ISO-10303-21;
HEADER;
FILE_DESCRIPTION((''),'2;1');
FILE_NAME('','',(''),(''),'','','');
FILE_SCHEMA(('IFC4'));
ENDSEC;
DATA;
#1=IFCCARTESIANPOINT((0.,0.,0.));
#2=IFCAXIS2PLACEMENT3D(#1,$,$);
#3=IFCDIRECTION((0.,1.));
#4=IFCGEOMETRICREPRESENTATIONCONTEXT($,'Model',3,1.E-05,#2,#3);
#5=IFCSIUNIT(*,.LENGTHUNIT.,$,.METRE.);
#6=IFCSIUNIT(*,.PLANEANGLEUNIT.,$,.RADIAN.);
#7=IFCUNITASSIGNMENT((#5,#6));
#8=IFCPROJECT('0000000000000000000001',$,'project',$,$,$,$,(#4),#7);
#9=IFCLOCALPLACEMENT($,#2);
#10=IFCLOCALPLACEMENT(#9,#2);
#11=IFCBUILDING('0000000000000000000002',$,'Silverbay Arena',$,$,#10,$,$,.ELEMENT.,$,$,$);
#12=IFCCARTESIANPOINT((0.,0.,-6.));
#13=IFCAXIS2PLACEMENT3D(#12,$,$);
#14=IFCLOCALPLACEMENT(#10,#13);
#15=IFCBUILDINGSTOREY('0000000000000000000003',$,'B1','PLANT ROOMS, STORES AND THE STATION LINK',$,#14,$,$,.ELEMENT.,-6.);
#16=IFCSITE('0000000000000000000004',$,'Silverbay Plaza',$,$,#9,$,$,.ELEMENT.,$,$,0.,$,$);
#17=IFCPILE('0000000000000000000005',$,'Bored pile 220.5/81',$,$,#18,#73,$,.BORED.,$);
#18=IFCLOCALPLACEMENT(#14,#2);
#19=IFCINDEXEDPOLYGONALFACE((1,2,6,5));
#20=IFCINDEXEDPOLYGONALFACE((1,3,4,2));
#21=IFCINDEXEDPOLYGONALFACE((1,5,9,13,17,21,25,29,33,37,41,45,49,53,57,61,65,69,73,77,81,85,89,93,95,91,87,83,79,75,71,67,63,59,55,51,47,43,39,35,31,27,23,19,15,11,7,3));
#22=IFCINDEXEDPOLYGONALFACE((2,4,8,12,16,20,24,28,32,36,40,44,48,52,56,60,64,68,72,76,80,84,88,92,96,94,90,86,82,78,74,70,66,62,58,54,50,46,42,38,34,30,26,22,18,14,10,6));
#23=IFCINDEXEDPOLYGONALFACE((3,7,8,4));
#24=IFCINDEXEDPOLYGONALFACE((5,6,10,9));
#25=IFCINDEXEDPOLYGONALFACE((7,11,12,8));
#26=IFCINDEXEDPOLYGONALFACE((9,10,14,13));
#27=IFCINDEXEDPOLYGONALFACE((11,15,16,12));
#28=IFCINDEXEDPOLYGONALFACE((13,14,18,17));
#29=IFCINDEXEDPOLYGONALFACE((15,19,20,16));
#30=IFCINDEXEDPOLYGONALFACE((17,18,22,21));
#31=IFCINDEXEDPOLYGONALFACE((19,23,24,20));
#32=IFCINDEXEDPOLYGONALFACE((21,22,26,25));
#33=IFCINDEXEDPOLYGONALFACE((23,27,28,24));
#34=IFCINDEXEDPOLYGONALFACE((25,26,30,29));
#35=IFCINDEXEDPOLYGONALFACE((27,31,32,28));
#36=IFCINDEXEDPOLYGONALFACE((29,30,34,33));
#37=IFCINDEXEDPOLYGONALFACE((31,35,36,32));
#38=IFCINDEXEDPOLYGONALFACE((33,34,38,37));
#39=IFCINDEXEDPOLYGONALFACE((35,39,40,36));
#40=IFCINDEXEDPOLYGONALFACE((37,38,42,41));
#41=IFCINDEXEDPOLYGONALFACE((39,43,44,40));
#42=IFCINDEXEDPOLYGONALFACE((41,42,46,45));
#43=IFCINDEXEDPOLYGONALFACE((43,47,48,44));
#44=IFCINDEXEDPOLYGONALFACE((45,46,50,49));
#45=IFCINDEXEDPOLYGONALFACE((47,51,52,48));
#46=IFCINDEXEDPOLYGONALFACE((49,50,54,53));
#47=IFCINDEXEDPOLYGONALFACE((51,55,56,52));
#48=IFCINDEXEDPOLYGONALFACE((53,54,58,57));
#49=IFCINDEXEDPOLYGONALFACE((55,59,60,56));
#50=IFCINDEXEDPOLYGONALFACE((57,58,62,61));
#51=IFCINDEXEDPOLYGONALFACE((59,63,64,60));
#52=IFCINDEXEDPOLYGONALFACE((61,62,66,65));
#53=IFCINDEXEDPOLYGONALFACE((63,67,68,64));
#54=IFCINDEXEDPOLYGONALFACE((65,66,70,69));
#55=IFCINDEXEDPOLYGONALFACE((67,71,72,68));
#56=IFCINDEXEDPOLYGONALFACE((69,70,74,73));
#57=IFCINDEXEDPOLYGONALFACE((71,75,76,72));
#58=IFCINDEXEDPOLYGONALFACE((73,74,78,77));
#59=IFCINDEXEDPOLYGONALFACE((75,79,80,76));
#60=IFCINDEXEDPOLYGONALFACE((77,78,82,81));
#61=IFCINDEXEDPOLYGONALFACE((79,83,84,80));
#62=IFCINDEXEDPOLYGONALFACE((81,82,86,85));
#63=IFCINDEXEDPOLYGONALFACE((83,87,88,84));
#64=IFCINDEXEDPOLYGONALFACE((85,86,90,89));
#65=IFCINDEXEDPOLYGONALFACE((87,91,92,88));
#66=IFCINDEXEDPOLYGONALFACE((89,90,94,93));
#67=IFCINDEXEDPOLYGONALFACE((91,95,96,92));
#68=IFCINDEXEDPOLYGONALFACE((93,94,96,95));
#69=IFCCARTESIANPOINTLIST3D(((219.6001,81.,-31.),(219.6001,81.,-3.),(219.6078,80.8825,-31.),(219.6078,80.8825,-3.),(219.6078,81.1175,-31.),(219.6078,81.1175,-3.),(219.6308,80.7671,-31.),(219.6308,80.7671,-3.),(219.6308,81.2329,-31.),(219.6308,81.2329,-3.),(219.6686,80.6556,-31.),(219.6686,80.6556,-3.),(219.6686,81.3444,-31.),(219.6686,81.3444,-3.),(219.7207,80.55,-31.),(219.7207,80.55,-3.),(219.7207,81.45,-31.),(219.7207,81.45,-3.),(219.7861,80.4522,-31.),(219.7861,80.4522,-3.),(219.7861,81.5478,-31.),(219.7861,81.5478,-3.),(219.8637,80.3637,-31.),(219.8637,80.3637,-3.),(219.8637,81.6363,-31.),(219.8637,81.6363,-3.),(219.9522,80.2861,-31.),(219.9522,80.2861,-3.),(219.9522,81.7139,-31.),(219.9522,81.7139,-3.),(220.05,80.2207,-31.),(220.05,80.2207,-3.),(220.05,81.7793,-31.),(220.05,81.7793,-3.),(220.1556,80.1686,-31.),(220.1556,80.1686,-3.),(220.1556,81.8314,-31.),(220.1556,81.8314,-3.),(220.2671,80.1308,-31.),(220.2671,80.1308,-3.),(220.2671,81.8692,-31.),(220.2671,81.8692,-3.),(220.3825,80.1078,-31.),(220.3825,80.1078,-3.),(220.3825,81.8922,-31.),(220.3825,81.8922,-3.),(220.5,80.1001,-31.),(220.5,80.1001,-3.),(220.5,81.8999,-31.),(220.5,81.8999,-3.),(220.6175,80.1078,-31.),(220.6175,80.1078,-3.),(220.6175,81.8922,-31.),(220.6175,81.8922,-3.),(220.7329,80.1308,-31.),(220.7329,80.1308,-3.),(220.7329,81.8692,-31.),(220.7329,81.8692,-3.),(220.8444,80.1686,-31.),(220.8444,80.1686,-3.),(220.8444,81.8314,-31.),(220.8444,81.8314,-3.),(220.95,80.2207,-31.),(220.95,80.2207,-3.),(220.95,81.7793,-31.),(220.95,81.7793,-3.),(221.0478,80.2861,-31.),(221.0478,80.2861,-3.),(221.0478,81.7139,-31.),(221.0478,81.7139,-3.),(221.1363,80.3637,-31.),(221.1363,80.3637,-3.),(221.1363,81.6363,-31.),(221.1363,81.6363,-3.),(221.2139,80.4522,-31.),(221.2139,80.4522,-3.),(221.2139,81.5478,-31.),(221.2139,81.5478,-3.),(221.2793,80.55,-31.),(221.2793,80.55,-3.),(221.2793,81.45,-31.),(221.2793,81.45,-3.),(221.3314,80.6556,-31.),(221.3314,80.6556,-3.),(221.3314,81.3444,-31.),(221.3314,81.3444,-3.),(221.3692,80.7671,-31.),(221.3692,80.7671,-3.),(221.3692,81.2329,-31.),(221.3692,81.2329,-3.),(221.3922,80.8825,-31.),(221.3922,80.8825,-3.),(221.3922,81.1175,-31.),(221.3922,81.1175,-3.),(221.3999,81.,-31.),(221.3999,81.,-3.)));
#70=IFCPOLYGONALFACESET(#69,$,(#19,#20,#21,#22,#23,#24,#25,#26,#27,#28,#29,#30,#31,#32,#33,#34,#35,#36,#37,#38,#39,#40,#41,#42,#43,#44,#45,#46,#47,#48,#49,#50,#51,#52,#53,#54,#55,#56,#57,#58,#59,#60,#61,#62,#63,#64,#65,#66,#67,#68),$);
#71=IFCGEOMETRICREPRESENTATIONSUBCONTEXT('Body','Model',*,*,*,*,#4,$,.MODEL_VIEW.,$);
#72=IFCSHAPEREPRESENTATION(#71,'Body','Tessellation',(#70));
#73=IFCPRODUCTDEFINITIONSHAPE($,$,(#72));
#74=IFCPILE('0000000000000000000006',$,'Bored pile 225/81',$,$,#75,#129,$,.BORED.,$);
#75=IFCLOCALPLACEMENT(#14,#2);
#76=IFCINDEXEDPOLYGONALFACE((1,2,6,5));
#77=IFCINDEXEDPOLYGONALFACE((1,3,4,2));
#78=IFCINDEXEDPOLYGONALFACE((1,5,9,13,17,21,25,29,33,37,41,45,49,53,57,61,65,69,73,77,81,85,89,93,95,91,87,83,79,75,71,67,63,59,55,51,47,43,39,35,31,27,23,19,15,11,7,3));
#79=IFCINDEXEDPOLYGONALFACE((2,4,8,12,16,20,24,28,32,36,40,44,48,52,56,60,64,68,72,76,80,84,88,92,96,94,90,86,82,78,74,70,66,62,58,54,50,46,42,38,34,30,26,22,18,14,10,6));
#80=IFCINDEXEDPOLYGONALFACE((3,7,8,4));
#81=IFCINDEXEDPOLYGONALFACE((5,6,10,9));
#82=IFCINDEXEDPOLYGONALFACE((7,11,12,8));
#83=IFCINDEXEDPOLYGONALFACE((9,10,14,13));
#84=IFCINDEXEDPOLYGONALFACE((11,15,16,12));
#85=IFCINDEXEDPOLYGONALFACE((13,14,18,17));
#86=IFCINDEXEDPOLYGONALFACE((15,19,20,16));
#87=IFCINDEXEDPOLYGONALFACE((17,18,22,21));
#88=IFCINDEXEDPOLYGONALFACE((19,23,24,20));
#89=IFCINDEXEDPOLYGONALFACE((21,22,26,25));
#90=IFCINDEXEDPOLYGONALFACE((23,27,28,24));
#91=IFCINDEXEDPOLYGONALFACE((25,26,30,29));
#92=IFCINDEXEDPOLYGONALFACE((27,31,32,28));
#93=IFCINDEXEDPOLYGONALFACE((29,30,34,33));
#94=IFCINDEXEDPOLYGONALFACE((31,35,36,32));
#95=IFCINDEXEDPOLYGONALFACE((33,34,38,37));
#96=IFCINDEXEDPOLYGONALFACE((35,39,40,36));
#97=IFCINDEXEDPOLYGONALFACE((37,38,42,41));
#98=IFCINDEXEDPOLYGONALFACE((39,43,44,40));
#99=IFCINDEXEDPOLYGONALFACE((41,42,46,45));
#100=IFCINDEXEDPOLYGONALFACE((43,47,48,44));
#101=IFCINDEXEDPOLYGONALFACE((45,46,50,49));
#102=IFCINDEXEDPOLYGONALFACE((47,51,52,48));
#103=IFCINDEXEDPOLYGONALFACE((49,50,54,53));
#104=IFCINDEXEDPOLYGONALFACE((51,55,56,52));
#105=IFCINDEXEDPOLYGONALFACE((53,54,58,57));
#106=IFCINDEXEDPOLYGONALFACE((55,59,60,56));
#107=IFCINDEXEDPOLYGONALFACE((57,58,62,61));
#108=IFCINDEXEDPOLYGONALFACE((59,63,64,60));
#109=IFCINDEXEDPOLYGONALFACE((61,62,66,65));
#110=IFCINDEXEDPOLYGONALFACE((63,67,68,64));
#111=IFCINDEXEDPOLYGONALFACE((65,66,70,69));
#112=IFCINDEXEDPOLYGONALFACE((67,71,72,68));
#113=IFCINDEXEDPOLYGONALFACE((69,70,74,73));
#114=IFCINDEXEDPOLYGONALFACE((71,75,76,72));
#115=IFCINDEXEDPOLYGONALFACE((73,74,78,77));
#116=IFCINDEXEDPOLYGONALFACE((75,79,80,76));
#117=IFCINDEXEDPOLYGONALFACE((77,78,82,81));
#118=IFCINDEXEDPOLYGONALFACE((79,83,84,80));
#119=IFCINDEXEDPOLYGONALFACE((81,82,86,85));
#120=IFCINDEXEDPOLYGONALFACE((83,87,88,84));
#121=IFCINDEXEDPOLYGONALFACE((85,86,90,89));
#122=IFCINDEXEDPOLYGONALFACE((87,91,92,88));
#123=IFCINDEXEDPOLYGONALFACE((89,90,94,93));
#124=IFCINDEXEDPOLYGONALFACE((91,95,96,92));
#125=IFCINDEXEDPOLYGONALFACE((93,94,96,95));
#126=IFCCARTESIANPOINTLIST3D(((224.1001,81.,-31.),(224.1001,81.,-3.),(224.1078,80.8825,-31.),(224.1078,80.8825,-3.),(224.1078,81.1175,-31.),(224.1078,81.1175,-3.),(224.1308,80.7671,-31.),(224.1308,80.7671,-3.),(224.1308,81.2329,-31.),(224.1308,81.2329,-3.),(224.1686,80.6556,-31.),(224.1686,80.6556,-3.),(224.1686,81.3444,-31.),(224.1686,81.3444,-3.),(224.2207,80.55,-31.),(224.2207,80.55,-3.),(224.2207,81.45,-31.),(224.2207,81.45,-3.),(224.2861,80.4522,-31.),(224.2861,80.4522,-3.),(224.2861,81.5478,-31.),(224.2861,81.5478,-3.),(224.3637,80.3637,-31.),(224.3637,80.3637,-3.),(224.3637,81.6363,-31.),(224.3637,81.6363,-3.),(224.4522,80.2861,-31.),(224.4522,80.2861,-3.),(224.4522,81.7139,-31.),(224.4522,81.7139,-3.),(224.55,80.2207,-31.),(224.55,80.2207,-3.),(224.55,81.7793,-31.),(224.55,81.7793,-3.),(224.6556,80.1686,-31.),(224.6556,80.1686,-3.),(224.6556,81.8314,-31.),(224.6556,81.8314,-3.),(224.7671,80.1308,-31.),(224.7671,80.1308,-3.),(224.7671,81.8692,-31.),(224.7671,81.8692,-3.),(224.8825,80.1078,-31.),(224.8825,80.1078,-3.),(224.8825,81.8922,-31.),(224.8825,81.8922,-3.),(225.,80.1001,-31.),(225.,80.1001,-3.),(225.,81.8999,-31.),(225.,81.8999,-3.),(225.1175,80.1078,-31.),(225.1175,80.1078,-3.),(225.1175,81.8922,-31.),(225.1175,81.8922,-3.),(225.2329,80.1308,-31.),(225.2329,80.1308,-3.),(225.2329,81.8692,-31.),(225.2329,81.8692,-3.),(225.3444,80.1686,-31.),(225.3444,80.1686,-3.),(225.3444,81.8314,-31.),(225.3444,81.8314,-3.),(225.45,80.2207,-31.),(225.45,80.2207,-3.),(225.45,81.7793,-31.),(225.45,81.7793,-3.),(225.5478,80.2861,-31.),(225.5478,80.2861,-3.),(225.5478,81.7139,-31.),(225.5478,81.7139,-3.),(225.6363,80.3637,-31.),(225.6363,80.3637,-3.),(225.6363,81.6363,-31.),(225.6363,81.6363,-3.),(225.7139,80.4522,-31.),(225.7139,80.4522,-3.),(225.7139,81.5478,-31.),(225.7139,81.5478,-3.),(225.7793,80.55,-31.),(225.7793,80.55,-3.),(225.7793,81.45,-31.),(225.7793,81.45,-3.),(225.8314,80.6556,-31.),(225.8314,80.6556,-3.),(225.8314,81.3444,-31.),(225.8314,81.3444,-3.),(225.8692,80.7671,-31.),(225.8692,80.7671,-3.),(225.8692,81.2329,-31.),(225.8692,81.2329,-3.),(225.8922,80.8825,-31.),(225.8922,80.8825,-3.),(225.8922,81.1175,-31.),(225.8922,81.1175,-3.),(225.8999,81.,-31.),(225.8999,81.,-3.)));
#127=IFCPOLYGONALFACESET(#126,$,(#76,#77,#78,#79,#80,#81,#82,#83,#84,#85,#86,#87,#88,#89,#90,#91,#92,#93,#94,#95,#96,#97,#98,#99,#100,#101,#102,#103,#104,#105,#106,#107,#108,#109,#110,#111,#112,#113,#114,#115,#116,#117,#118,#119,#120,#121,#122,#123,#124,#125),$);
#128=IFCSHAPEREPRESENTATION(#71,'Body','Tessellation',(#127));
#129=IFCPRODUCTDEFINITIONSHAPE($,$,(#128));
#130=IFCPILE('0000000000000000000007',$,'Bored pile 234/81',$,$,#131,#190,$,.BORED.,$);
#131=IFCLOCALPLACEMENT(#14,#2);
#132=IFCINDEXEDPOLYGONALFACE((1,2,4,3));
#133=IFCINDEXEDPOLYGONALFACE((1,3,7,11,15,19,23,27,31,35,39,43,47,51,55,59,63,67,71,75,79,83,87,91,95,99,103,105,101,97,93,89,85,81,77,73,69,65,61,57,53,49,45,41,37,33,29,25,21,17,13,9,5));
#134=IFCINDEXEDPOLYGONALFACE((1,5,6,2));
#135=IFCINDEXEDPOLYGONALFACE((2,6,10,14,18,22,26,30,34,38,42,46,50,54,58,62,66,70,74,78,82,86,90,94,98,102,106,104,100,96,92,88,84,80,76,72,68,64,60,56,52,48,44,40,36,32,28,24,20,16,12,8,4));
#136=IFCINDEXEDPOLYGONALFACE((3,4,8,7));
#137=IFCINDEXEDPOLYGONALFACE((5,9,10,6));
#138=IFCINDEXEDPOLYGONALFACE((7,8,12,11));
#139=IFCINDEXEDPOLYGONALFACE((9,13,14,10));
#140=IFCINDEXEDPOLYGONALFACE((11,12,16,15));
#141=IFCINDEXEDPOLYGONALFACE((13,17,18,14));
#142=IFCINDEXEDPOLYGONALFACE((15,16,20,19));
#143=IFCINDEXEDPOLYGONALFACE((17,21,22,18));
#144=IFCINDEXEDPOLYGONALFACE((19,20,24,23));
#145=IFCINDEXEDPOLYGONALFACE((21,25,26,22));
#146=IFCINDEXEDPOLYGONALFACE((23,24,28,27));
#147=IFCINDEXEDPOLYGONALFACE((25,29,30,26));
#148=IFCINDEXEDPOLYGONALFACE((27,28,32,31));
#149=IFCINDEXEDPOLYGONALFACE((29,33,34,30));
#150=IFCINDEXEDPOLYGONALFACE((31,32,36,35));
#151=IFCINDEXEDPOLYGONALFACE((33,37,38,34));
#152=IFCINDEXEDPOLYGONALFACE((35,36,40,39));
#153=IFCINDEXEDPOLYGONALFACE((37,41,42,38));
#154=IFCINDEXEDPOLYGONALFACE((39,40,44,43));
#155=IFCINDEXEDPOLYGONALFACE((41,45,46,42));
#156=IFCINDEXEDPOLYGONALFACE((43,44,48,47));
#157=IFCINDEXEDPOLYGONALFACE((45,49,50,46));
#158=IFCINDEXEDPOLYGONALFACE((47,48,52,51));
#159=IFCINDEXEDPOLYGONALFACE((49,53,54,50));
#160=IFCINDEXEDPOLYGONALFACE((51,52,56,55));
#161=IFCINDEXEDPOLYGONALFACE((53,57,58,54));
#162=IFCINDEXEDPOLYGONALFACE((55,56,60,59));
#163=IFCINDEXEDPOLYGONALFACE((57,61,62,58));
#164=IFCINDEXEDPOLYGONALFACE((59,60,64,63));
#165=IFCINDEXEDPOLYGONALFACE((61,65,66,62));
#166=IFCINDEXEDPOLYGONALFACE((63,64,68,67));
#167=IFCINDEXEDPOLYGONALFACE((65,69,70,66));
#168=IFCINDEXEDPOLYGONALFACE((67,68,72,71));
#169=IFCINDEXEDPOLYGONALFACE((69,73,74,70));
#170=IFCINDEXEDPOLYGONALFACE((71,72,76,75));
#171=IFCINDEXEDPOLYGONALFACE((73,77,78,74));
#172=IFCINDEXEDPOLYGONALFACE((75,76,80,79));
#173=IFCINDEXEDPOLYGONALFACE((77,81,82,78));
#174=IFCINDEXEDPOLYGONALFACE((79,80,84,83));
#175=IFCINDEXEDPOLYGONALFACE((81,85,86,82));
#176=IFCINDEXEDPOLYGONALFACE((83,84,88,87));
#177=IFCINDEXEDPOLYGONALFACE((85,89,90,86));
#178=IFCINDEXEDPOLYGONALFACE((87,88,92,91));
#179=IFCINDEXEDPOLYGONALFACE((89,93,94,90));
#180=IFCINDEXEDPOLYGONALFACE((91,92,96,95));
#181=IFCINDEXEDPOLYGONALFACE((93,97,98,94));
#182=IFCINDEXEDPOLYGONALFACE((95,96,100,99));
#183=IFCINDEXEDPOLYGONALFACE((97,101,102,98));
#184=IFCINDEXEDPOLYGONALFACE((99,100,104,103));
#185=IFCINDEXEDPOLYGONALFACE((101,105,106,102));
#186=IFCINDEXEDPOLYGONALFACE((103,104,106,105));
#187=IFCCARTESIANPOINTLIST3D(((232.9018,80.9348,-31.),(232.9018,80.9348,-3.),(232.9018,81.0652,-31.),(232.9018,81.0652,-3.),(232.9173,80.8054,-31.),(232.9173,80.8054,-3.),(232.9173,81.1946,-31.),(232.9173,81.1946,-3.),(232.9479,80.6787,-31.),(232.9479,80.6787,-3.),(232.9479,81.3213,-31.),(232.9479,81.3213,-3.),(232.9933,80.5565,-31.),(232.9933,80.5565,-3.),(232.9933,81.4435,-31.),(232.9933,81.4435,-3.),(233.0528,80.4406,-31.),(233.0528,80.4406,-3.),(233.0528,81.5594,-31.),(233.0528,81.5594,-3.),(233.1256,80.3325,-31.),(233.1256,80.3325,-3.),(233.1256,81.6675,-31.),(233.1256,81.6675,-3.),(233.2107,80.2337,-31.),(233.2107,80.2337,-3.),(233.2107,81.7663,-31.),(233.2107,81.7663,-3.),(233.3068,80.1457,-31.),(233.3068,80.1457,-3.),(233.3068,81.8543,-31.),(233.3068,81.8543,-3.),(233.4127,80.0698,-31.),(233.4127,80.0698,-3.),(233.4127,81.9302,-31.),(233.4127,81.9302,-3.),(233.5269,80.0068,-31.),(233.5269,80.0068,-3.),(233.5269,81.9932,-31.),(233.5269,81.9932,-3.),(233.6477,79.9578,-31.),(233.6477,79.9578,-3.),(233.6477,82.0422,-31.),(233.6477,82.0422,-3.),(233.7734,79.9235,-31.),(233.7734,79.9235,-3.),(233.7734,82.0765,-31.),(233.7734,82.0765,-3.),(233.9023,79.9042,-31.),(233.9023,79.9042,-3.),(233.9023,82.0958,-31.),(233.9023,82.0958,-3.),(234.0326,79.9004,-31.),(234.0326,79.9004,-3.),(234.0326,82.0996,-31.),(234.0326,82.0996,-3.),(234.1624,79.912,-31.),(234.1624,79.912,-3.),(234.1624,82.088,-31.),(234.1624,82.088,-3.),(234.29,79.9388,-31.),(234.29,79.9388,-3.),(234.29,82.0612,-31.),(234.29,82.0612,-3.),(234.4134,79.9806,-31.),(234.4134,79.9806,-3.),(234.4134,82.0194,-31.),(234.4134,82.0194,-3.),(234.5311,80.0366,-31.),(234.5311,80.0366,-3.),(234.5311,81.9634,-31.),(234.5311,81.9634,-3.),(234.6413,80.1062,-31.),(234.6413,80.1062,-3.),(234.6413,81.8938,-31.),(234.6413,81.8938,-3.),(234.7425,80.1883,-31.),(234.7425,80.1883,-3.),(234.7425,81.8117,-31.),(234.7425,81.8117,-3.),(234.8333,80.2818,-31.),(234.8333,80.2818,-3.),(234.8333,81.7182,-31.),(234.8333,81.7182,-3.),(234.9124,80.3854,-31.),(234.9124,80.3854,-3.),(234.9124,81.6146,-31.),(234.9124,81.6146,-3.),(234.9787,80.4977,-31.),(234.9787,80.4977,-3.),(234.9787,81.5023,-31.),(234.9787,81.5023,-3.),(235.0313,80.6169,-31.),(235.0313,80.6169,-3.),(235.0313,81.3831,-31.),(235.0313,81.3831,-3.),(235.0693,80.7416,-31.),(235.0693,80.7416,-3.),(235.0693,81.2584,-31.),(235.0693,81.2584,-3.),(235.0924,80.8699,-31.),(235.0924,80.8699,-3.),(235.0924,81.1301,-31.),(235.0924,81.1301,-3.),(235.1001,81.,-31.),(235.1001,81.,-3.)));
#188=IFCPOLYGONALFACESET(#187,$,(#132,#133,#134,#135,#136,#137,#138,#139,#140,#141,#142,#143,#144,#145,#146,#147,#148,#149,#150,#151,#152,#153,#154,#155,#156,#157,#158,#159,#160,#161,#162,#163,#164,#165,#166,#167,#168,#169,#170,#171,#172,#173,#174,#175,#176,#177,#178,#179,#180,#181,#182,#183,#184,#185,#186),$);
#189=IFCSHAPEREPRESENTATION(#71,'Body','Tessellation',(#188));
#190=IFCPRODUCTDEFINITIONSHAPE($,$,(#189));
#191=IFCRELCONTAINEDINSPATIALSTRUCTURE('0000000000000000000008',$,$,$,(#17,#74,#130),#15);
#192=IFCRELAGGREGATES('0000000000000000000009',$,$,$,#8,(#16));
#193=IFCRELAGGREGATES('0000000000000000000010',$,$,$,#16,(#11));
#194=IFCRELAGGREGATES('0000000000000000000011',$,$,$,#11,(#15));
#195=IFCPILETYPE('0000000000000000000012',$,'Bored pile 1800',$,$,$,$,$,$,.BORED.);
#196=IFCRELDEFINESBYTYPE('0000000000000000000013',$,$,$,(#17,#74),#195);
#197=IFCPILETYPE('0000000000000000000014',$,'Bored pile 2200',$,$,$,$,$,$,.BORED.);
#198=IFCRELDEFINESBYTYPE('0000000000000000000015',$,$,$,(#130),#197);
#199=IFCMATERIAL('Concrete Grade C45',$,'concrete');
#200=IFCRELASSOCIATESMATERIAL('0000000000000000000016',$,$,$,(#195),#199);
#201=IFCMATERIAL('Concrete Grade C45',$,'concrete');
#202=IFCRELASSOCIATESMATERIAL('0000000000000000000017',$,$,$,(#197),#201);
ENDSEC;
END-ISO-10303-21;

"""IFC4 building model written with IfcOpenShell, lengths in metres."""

from ifc_helpers import new_model, si_unit, direction, frame, origin, origin_2d, place, context, subcontext, project, spatial, circle, extrude, material, material_profile, profile_set, type_object, element, save


model = new_model("IFC4")

# Units and contexts
model_context = context("Model", 3, precision=1e-05, world=origin(), true_north=direction((0.0, 1.0)))
body_context = subcontext(model_context, "Body", "Model", "MODEL_VIEW")
ifc_project = project(units=[si_unit("LENGTHUNIT", "METRE"), si_unit("PLANEANGLEUNIT", "RADIAN")], contexts=[model_context])

# Site, building, storey
site_placement = place(None, origin())
site = spatial("IfcSite", under=ifc_project, at=site_placement, Name="Silverbay Plaza", CompositionType="ELEMENT", RefElevation=0.0)
building_placement = place(site_placement, origin())
building = spatial("IfcBuilding", under=site, at=building_placement, Name="Silverbay Arena", CompositionType="ELEMENT")
storey_placement = place(building_placement, frame((0.0, 0.0, -6.0)))
storey = spatial("IfcBuildingStorey", under=building, at=storey_placement, Name="B1", Description="PLANT ROOMS, STORES AND THE STATION LINK", CompositionType="ELEMENT", Elevation=-6.0)

# Piles
ifc_material_1 = material(Name="Concrete Grade C45", Category="concrete")
ifc_material_profile_1 = material_profile(ifc_material_1, circle(Radius=0.8999, at=origin_2d()), Name="Bored pile 1800")
ifc_profile_set_1 = profile_set([ifc_material_profile_1], Name="Concrete Grade C45")
pile_type_1 = type_object("IfcPileType", Name="Bored pile 1800", PredefinedType="BORED", material=ifc_profile_set_1)
for number, where, z_axis, x_axis, name in (
    (1, (220.5, 81.0, -3.0), (0.0, 0.0, -1.0), (1.0, 0.0, 0.0), "Bored pile 220.5/81"),
    (2, (225.0, 81.0, -3.0), (0.0, 0.0, -1.0), (1.0, 0.0, 0.0), "Bored pile 225/81"),
):
    element("IfcPile", number, at=place(storey_placement, frame(where, z_axis=z_axis, x_axis=x_axis)), inside=storey, type_object=pile_type_1, Name=name, PredefinedType="BORED", context=body_context, shape_type="SweptSolid", body=[
        extrude(circle(Radius=0.8999, at=origin_2d()), origin(), (0.0, 0.0, 1.0), 28.0),
    ])
ifc_material_2 = material(Name="Concrete Grade C45", Category="concrete")
ifc_material_profile_2 = material_profile(ifc_material_2, circle(Radius=1.1001, at=origin_2d()), Name="Bored pile 2200")
ifc_profile_set_2 = profile_set([ifc_material_profile_2], Name="Concrete Grade C45")
pile_type_2 = type_object("IfcPileType", Name="Bored pile 2200", PredefinedType="BORED", material=ifc_profile_set_2)
for number, where, z_axis, x_axis, name in (
    (3, (234.0, 81.0, -3.0), (0.0, 0.0, -1.0), (1.0, 0.0, 0.0), "Bored pile 234/81"),
):
    element("IfcPile", number, at=place(storey_placement, frame(where, z_axis=z_axis, x_axis=x_axis)), inside=storey, type_object=pile_type_2, Name=name, PredefinedType="BORED", context=body_context, shape_type="SweptSolid", body=[
        extrude(circle(Radius=1.1001, at=origin_2d()), origin(), (0.0, 0.0, 1.0), 28.0),
    ])

save(model, "model.ifc")
